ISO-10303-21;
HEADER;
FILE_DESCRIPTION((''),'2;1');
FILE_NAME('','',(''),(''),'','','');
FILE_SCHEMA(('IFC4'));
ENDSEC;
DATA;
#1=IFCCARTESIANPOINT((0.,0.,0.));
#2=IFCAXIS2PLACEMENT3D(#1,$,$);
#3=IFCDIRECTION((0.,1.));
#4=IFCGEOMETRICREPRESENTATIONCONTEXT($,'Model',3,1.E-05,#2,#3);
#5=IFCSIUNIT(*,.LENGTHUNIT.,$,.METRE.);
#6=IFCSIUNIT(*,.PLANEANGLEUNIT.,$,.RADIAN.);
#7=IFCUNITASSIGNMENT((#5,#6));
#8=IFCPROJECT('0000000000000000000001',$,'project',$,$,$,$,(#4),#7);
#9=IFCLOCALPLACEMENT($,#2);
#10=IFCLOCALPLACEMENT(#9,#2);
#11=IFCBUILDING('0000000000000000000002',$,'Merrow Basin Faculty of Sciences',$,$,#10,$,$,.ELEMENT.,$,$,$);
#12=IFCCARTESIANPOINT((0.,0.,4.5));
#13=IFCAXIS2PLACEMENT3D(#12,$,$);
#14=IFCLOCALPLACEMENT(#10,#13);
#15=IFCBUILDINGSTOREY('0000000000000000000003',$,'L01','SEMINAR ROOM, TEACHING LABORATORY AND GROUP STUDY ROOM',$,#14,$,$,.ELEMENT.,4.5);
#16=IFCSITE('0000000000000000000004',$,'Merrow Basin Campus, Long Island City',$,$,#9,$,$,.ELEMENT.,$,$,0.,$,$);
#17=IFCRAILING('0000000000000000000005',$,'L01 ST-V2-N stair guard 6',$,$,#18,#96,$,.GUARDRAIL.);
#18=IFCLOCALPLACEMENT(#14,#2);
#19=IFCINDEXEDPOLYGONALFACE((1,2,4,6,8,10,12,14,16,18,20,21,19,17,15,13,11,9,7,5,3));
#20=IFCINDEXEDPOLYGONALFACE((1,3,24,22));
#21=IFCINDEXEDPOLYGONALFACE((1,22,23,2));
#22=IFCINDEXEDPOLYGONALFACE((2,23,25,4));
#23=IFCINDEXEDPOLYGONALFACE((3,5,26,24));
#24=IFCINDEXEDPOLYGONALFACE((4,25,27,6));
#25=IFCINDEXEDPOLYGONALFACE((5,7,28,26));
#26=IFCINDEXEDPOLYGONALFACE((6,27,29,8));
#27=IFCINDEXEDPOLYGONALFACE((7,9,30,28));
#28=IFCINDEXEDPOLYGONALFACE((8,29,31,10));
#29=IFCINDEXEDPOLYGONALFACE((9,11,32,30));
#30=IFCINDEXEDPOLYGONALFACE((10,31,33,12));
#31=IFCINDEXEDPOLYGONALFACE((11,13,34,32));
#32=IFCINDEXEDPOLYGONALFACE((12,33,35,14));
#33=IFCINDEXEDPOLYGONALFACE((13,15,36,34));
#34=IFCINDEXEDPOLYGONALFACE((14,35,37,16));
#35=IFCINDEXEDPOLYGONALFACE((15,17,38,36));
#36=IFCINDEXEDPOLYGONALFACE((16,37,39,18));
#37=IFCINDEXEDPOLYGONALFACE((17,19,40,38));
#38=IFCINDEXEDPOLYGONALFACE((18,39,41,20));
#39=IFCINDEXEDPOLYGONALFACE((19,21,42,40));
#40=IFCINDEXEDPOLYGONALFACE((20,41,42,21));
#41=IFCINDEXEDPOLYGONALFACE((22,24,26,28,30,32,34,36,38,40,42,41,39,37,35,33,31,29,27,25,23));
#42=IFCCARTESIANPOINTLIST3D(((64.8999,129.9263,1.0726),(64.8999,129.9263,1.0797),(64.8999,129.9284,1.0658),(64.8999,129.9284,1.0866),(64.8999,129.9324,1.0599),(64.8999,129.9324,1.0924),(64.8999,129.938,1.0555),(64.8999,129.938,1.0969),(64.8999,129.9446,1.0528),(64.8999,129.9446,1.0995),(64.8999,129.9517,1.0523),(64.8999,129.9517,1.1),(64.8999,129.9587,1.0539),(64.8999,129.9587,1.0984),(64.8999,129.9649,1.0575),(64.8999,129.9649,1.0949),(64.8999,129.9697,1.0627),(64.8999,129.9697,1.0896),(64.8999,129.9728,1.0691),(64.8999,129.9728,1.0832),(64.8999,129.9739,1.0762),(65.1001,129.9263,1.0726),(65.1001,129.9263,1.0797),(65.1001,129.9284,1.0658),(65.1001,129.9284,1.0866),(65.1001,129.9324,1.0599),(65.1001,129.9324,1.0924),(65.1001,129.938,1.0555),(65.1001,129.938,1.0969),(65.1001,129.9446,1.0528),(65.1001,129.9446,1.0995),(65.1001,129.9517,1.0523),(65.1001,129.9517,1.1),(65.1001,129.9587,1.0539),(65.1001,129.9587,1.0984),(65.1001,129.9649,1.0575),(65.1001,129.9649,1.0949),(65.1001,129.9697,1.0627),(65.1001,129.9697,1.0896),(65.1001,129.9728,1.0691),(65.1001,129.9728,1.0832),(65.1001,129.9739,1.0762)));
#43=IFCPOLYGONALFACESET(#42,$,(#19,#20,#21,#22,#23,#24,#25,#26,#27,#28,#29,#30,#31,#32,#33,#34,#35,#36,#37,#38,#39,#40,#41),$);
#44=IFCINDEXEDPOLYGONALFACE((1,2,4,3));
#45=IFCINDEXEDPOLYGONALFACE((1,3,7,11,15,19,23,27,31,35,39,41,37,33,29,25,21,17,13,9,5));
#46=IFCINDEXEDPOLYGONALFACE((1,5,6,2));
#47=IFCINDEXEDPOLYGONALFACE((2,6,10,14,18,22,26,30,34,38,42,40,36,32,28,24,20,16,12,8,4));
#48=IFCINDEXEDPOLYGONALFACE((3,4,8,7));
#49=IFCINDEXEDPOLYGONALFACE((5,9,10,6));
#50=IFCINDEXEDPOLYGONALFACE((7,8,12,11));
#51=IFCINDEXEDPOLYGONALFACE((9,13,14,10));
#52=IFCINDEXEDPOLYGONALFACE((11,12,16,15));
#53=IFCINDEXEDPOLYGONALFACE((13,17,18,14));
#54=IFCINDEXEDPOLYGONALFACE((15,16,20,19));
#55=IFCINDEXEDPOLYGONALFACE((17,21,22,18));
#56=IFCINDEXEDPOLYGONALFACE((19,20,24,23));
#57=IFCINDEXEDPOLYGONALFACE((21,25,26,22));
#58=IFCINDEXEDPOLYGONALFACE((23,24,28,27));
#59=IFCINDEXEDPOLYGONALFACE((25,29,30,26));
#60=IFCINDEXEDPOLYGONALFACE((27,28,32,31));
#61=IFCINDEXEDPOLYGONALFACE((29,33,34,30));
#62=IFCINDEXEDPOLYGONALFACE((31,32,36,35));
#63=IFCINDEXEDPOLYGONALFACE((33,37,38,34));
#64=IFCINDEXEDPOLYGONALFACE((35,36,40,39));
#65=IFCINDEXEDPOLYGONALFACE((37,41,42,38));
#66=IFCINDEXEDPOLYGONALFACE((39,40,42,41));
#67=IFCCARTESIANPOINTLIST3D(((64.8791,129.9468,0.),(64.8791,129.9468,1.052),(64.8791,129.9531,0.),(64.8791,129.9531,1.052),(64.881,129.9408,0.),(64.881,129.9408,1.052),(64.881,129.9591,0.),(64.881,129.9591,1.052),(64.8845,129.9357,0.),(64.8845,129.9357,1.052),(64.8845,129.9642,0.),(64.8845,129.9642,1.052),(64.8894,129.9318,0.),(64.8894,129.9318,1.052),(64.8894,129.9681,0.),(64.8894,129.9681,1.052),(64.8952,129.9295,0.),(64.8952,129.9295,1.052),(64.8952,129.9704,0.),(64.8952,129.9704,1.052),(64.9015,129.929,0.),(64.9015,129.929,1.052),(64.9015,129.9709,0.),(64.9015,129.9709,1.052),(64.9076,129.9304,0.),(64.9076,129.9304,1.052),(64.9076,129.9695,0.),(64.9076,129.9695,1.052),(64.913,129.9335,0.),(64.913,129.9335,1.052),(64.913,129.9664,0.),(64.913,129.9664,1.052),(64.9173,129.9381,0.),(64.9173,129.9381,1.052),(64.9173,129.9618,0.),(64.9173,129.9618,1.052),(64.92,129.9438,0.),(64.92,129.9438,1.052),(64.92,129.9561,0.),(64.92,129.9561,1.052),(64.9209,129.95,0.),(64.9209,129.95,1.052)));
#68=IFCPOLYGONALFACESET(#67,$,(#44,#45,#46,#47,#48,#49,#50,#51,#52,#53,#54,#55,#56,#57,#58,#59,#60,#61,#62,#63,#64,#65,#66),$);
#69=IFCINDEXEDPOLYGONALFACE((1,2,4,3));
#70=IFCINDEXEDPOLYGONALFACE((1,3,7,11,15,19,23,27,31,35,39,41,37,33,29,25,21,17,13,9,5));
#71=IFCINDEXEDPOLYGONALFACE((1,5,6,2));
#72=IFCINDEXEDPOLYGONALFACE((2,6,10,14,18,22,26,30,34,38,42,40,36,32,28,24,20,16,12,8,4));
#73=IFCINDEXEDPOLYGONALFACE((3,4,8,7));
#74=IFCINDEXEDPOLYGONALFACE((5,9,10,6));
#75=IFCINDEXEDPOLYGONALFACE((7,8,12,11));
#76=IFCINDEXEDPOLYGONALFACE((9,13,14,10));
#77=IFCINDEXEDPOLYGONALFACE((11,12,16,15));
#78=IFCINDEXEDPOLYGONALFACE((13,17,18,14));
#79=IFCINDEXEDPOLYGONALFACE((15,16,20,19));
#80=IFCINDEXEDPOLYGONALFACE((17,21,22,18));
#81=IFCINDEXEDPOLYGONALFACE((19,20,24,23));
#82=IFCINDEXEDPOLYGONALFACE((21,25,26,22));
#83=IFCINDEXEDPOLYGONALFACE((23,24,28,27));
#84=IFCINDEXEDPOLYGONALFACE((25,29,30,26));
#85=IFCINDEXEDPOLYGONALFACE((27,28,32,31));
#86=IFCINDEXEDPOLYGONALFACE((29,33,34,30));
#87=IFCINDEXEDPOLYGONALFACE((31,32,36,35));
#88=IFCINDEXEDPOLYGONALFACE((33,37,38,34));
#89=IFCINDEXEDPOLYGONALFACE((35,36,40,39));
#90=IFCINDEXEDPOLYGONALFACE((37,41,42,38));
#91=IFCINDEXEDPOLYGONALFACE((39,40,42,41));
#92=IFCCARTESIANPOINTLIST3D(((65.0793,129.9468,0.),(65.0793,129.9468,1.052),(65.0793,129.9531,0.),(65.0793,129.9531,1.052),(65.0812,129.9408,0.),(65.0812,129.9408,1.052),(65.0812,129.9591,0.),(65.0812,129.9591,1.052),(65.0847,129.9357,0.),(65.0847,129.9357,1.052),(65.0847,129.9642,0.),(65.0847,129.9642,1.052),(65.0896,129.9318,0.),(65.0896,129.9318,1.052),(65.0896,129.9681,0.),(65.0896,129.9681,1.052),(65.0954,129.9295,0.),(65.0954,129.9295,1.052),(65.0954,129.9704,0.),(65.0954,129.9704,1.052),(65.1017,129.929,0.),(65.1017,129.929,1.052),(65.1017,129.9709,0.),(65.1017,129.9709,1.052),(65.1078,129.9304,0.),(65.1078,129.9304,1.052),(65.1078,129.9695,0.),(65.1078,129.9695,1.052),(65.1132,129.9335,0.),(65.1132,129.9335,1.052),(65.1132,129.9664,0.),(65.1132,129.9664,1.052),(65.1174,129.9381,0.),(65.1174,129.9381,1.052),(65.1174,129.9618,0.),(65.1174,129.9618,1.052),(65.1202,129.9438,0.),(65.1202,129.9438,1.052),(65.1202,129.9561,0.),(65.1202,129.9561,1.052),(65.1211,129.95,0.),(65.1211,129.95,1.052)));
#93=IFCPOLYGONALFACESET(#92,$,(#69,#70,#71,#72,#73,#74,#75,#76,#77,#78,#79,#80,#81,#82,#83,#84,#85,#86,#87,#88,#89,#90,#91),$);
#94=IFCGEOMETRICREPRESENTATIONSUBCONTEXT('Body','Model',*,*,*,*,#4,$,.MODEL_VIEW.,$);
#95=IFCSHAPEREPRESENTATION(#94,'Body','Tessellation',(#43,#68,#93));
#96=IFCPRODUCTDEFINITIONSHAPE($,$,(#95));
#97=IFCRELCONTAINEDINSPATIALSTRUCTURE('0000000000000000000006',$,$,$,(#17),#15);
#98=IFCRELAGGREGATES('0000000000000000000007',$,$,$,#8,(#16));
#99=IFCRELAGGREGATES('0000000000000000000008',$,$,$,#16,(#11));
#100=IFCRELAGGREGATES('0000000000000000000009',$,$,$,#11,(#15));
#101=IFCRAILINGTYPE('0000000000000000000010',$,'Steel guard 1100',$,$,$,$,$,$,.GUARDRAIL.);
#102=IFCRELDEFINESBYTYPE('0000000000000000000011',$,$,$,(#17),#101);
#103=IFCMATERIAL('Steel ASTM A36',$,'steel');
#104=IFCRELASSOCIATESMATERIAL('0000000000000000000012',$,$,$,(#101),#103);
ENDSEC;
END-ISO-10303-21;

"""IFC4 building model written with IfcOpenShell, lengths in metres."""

from ifc_helpers import new_model, si_unit, direction, frame, origin, origin_2d, place, context, subcontext, project, spatial, circle, extrude, material, type_object, element, save


model = new_model("IFC4")

# Units and contexts
model_context = context("Model", 3, precision=1e-05, world=origin(), true_north=direction((0.0, 1.0)))
body_context = subcontext(model_context, "Body", "Model", "MODEL_VIEW")
ifc_project = project(units=[si_unit("LENGTHUNIT", "METRE"), si_unit("PLANEANGLEUNIT", "RADIAN")], contexts=[model_context])

# Site, building, storey
site_placement = place(None, origin())
site = spatial("IfcSite", under=ifc_project, at=site_placement, Name="Merrow Basin Campus, Long Island City", CompositionType="ELEMENT", RefElevation=0.0)
building_placement = place(site_placement, origin())
building = spatial("IfcBuilding", under=site, at=building_placement, Name="Merrow Basin Faculty of Sciences", CompositionType="ELEMENT")
storey_placement = place(building_placement, frame((0.0, 0.0, 4.5)))
storey = spatial("IfcBuildingStorey", under=building, at=storey_placement, Name="L01", Description="SEMINAR ROOM, TEACHING LABORATORY AND GROUP STUDY ROOM", CompositionType="ELEMENT", Elevation=4.5)

# Railing
ifc_material_1 = material(Name="Steel ASTM A36", Category="steel")
railing_type_1 = type_object("IfcRailingType", Name="Steel guard 1100", PredefinedType="GUARDRAIL", material=ifc_material_1)
railing_1_placement = place(storey_placement, frame((64.8999, 129.95, 0.0)))
element("IfcRailing", 1, at=railing_1_placement, inside=storey, type_object=railing_type_1, Name="L01 ST-V2-N stair guard 6", PredefinedType="GUARDRAIL", context=body_context, shape_type="SweptSolid", body=[
    extrude(circle(Radius=0.0239, at=origin_2d()), frame((0.0, 0.0, 1.0762), z_axis=(1.0, 0.0, 0.0), x_axis=(0.0, 1.0, 0.0)), (0.0, 0.0, 1.0), 0.2002),
    extrude(circle(Radius=0.021, at=origin_2d()), origin(), (0.0, 0.0, 1.0), 1.052),
    extrude(circle(Radius=0.021, at=origin_2d()), frame((0.2002, 0.0, 0.0)), (0.0, 0.0, 1.0), 1.052),
])

save(model, "model.ifc")
